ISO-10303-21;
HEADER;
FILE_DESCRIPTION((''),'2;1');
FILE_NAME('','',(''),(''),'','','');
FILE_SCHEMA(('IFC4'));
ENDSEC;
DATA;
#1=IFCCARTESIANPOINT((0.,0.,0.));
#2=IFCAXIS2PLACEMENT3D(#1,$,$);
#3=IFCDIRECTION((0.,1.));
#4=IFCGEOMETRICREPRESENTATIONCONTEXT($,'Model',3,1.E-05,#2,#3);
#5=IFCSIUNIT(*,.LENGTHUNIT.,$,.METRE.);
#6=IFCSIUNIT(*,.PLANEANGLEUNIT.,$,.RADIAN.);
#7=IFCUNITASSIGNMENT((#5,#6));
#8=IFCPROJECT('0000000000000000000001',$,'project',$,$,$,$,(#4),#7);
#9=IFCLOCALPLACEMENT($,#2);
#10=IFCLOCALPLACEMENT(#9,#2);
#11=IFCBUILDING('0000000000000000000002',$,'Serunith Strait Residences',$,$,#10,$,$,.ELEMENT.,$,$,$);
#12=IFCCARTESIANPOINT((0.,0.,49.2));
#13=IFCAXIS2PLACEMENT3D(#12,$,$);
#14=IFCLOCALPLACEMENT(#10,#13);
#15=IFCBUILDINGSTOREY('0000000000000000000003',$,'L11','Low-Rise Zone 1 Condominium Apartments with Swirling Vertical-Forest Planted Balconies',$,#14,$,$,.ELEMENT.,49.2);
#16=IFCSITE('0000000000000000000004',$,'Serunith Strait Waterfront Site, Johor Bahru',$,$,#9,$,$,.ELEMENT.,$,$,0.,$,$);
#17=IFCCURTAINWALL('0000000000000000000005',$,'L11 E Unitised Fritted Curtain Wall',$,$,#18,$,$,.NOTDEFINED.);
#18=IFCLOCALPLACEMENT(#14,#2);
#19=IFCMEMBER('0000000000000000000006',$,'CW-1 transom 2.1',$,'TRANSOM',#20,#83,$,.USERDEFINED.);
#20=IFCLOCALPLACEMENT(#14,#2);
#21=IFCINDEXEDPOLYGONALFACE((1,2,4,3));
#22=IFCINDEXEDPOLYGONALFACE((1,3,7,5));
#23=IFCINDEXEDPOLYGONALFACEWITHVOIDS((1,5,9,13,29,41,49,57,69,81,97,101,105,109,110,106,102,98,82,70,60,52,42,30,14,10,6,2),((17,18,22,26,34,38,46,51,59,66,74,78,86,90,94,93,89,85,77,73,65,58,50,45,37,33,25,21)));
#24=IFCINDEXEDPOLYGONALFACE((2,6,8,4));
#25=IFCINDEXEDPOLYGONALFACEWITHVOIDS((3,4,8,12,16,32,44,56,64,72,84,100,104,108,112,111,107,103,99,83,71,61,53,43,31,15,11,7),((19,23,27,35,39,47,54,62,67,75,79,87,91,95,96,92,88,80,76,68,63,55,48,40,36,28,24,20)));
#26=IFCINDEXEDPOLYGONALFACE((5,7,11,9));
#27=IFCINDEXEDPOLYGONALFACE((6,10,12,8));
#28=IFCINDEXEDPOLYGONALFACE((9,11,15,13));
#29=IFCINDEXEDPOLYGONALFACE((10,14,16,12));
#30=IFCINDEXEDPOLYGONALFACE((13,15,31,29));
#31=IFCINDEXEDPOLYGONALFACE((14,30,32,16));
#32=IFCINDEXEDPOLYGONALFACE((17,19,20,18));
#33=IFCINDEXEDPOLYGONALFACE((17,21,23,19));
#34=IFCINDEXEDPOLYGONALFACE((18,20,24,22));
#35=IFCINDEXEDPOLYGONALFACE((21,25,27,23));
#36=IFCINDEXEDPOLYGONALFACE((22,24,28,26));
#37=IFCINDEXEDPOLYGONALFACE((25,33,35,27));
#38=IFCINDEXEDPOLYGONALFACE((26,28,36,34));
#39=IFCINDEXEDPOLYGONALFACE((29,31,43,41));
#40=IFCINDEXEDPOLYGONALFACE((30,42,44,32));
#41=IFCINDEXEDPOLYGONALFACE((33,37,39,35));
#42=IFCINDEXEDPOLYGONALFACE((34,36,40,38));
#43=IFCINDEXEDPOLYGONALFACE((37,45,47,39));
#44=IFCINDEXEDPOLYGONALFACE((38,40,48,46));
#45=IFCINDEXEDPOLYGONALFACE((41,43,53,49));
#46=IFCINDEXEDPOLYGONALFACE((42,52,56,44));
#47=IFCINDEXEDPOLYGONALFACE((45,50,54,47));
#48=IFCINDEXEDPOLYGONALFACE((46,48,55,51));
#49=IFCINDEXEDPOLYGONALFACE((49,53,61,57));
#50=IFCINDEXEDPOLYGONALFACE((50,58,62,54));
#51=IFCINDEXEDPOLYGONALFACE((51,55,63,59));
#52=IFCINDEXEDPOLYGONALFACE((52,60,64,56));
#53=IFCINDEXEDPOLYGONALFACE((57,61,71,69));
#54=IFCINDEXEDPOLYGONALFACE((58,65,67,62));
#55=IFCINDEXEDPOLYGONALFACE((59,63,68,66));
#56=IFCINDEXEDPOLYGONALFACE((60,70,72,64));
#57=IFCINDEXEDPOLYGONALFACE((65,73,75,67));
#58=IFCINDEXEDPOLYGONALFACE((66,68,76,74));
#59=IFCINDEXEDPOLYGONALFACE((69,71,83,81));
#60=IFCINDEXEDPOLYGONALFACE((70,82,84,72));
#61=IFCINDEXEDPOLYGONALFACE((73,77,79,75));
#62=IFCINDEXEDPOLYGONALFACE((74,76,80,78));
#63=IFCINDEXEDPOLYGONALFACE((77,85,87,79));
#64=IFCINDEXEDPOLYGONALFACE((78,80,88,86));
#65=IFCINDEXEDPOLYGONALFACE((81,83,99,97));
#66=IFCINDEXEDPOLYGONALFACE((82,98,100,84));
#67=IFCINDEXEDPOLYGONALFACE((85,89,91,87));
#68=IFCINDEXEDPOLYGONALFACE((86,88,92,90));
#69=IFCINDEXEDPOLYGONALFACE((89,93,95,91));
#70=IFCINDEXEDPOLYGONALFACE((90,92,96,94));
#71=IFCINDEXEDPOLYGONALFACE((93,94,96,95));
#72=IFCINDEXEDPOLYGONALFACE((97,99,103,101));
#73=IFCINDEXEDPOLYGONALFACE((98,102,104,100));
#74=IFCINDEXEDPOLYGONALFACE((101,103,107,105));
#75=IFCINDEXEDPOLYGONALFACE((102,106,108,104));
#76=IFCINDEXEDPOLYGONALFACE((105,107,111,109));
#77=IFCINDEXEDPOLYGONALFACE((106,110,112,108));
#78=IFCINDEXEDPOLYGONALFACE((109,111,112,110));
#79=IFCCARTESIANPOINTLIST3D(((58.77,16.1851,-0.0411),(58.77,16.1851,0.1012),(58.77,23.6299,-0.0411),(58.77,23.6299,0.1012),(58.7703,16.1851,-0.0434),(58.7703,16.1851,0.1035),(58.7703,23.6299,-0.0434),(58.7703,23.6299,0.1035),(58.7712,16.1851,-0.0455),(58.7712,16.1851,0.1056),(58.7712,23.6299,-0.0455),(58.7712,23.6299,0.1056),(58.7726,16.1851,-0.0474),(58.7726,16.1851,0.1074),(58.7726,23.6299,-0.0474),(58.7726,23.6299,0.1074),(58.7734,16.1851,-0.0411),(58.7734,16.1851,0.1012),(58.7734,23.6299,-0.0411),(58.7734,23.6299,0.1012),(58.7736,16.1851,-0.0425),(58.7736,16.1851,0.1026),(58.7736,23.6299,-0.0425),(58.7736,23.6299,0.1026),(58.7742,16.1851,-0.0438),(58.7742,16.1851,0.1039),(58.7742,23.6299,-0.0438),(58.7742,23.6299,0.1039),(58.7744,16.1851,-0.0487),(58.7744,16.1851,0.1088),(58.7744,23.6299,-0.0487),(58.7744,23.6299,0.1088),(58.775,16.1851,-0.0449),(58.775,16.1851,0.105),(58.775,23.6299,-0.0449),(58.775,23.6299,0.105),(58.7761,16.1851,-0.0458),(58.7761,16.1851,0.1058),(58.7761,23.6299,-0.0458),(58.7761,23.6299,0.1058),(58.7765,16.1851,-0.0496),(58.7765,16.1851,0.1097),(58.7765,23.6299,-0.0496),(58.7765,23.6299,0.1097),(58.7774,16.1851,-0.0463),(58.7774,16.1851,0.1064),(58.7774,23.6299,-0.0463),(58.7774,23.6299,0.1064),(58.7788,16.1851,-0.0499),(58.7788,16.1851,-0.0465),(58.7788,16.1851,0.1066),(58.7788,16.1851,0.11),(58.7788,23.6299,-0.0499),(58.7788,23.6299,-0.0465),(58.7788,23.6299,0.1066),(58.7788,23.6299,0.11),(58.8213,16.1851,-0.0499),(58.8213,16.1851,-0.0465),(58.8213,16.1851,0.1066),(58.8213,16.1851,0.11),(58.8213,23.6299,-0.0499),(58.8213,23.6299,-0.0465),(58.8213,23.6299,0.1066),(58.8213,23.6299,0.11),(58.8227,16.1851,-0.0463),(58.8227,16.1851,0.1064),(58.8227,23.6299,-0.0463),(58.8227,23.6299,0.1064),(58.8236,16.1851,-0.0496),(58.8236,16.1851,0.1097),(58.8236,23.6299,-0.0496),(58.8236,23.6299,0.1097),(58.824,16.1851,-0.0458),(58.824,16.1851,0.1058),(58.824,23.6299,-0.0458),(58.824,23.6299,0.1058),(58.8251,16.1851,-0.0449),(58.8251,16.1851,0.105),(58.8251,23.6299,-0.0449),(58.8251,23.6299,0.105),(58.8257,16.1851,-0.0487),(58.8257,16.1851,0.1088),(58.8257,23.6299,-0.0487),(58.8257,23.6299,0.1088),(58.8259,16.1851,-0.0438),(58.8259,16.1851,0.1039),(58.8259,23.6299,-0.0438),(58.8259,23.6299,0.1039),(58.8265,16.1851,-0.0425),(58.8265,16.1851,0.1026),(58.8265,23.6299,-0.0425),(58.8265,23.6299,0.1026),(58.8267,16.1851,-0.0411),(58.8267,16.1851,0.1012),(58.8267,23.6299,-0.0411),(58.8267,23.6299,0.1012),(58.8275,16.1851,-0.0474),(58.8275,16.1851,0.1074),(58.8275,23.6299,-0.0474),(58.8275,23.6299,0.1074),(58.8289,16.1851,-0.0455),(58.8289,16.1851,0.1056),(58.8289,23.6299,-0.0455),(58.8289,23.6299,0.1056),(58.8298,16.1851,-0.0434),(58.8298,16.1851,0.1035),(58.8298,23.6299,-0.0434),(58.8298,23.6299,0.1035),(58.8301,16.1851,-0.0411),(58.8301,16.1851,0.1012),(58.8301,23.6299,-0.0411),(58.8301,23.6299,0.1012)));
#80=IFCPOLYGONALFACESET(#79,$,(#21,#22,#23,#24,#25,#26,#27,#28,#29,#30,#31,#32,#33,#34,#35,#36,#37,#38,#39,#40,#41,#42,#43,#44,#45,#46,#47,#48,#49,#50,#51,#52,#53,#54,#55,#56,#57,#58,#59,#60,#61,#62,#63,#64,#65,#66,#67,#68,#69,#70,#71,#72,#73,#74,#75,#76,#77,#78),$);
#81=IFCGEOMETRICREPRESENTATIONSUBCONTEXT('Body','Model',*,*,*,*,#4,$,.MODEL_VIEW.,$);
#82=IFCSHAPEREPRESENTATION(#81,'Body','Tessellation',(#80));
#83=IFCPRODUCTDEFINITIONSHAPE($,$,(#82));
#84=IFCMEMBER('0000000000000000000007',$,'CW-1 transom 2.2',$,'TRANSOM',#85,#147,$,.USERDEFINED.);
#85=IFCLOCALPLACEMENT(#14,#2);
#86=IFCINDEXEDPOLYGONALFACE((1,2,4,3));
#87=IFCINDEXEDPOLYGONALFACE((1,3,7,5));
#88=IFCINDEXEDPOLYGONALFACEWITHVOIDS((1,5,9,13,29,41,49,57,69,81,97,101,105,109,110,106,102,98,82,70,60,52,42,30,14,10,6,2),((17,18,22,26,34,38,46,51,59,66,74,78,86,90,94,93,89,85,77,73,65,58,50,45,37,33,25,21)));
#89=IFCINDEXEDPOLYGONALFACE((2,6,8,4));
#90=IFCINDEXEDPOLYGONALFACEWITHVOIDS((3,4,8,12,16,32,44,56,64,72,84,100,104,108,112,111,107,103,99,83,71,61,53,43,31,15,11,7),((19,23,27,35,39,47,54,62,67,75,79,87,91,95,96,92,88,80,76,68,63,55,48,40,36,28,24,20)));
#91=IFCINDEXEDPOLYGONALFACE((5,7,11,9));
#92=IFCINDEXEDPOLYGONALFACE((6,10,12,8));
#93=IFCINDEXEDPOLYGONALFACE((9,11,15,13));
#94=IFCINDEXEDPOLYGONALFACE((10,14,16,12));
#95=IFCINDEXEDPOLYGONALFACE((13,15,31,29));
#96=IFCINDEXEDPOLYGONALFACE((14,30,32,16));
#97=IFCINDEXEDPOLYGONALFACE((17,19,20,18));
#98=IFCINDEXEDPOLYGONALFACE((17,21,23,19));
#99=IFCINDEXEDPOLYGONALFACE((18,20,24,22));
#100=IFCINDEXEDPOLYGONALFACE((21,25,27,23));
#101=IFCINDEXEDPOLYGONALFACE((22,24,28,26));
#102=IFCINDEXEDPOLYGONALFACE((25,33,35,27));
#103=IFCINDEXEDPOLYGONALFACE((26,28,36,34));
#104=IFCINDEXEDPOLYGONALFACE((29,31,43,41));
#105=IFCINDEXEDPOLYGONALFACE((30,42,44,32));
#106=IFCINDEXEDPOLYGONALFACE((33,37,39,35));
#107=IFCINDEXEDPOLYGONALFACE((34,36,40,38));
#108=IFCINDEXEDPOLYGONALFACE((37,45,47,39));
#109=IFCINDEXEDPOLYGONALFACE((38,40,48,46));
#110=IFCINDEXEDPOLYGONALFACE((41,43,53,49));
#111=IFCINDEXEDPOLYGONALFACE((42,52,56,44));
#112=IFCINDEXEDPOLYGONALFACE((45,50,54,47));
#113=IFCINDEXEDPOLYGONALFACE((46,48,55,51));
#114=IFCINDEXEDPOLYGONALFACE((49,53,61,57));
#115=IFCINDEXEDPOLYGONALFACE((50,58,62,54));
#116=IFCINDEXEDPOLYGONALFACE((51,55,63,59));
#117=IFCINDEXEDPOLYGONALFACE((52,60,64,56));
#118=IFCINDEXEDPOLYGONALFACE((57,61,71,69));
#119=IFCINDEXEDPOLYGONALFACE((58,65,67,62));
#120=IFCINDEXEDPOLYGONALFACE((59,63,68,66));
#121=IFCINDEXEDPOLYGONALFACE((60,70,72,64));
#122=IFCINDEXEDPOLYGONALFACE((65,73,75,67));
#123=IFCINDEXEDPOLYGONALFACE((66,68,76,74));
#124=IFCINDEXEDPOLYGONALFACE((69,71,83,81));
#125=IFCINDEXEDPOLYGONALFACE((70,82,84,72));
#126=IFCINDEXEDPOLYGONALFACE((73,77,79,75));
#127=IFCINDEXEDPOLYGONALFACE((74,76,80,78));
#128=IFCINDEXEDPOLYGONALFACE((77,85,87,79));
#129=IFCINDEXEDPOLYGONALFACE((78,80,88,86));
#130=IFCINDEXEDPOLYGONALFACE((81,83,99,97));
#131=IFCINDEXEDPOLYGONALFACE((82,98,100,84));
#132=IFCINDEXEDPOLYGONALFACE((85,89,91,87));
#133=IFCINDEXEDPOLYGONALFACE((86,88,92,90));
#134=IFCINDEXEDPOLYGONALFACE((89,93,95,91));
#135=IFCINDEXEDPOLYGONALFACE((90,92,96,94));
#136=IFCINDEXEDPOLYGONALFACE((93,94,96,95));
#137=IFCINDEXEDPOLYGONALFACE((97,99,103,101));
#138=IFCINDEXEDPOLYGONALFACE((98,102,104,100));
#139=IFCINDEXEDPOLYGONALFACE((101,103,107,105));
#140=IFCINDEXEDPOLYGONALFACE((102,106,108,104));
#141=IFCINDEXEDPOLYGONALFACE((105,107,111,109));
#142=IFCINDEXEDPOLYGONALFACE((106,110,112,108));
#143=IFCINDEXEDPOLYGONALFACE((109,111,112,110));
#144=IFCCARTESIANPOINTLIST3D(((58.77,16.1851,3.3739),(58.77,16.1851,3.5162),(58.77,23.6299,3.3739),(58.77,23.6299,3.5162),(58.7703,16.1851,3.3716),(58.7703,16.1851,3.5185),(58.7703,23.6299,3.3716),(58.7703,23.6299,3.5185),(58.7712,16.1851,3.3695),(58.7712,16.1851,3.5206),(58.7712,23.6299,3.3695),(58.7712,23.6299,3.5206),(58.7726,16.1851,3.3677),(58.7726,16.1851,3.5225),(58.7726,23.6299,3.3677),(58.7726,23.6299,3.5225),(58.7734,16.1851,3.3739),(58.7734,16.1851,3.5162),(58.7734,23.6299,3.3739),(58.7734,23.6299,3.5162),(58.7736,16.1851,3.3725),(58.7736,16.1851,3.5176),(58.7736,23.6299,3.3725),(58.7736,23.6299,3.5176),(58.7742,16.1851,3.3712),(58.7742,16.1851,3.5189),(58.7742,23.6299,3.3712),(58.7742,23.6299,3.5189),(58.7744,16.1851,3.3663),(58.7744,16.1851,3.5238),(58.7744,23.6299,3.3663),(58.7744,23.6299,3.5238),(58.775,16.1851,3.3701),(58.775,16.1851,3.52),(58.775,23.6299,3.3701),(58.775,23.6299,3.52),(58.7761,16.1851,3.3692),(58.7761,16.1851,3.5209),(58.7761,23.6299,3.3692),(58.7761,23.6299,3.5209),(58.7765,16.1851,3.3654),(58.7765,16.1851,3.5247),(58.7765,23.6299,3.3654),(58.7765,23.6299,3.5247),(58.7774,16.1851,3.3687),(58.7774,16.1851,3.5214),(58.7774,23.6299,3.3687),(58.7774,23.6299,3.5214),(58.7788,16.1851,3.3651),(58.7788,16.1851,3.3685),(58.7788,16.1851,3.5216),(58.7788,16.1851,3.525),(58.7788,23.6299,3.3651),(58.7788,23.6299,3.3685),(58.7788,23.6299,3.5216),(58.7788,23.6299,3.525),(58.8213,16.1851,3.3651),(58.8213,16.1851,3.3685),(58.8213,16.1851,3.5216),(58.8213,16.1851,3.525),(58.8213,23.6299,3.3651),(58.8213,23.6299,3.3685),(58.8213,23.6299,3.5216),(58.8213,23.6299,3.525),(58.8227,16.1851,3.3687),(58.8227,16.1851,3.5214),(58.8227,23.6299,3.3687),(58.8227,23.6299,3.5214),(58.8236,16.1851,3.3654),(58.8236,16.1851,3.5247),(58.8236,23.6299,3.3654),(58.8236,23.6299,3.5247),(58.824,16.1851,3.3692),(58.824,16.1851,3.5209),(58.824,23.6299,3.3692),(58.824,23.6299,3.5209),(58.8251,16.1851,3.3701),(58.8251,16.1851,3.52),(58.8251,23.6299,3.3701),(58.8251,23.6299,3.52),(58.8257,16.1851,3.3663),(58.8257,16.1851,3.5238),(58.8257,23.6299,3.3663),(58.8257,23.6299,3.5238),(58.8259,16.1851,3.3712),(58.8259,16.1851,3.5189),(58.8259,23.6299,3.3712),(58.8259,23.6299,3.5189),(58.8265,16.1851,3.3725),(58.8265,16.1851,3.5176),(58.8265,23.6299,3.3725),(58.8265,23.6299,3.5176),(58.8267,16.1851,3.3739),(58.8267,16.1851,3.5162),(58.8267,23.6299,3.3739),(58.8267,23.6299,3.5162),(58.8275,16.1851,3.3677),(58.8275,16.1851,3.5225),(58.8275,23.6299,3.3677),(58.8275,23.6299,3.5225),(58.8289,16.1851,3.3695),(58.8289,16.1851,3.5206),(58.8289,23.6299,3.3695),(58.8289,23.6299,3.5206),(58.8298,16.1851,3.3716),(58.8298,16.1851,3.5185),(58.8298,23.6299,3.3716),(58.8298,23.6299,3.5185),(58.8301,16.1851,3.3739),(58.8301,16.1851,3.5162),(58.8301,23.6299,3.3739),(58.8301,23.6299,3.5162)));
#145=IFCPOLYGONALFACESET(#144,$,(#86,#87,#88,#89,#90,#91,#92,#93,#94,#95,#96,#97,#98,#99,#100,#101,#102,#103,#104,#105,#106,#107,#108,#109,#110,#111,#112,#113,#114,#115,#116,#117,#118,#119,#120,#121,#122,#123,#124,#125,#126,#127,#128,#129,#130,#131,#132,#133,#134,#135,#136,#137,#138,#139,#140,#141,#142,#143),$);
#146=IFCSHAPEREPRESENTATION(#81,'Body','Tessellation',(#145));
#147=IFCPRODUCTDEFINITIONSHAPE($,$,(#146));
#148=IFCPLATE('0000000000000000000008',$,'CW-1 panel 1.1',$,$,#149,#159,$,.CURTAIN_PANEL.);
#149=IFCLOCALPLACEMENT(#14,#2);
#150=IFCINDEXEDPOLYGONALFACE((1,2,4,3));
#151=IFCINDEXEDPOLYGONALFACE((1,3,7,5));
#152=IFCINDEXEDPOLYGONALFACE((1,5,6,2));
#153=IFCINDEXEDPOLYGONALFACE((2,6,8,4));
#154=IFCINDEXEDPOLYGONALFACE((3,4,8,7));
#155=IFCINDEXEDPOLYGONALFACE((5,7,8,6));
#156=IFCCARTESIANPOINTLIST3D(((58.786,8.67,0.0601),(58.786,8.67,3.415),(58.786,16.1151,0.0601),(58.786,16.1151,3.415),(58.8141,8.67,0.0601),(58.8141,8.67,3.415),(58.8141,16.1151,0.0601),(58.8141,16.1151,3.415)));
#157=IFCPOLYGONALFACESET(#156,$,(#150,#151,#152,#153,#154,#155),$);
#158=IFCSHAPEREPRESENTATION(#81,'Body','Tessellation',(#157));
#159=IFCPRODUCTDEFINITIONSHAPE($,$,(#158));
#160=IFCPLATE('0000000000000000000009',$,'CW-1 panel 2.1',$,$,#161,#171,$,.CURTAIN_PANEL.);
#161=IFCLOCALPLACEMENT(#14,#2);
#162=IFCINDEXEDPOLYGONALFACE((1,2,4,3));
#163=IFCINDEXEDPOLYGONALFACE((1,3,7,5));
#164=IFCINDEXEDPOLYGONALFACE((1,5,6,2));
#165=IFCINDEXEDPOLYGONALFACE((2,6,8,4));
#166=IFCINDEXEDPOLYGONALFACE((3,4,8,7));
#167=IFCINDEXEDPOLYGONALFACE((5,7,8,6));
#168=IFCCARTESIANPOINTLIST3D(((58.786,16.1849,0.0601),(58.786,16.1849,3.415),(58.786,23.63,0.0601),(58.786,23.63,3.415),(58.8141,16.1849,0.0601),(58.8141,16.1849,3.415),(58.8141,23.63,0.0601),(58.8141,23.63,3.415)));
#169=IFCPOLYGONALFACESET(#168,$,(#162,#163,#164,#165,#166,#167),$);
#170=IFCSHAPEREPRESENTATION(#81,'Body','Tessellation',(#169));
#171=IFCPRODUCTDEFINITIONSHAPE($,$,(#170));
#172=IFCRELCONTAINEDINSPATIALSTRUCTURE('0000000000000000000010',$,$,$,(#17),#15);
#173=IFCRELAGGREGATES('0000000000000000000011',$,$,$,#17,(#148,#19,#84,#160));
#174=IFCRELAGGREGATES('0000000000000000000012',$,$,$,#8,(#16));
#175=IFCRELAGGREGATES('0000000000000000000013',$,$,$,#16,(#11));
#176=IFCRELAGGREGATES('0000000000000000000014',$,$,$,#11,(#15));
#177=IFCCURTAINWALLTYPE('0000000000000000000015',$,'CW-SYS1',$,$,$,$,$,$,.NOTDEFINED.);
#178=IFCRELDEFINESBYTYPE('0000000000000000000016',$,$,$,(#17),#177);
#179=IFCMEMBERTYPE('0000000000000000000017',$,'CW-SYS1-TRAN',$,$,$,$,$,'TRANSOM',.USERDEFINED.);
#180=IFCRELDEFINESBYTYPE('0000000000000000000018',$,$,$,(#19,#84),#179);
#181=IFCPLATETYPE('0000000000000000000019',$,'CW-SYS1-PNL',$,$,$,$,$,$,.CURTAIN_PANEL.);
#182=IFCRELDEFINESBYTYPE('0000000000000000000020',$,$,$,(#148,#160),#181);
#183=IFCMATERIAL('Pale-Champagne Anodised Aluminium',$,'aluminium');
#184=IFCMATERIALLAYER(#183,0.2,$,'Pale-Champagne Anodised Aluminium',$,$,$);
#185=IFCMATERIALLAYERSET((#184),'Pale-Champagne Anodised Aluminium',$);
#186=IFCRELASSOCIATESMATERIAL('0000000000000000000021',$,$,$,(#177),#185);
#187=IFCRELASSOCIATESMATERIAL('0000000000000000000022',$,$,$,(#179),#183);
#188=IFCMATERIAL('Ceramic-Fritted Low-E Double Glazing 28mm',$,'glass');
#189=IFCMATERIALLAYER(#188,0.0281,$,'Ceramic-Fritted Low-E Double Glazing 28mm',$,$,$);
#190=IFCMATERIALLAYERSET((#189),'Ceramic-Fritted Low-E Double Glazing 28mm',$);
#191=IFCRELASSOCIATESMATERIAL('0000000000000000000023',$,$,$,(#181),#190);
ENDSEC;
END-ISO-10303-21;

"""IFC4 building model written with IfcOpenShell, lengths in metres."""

from ifc_helpers import new_model, si_unit, direction, frame, origin, origin_2d, place, context, subcontext, project, spatial, rectangle, hollow_rectangle, extrude, source, transform, mapped, material, layer, layer_set, material_profile, profile_set, type_object, element, aggregate, save


model = new_model("IFC4")

# Units and contexts
model_context = context("Model", 3, precision=1e-05, world=origin(), true_north=direction((0.0, 1.0)))
body_context = subcontext(model_context, "Body", "Model", "MODEL_VIEW")
ifc_project = project(units=[si_unit("LENGTHUNIT", "METRE"), si_unit("PLANEANGLEUNIT", "RADIAN")], contexts=[model_context])

# Site, building, storey
site_placement = place(None, origin())
site = spatial("IfcSite", under=ifc_project, at=site_placement, Name="Serunith Strait Waterfront Site, Johor Bahru", CompositionType="ELEMENT", RefElevation=0.0)
building_placement = place(site_placement, origin())
building = spatial("IfcBuilding", under=site, at=building_placement, Name="Serunith Strait Residences", CompositionType="ELEMENT")
storey_placement = place(building_placement, frame((0.0, 0.0, 49.2)))
storey = spatial("IfcBuildingStorey", under=building, at=storey_placement, Name="L11", Description="Low-Rise Zone 1 Condominium Apartments with Swirling Vertical-Forest Planted Balconies", CompositionType="ELEMENT", Elevation=49.2)

# Curtain wall, members, plates
ifc_material_1 = material(Name="Pale-Champagne Anodised Aluminium", Category="aluminium")
ifc_layer_1 = layer(ifc_material_1, 0.2, Name="Pale-Champagne Anodised Aluminium")
ifc_layer_set_1 = layer_set([ifc_layer_1], Name="Pale-Champagne Anodised Aluminium")
curtain_wall_type = type_object("IfcCurtainWallType", Name="CW-SYS1", PredefinedType="NOTDEFINED", material=ifc_layer_set_1)
curtain_wall_placement = place(storey_placement, origin())
curtain_wall = element("IfcCurtainWall", 1, at=curtain_wall_placement, inside=storey, type_object=curtain_wall_type, Name="L11 E Unitised Fritted Curtain Wall", PredefinedType="NOTDEFINED")
ifc_material_profile_1 = material_profile(ifc_material_1, hollow_rectangle(XDim=0.0601, YDim=0.1599, WallThickness=0.0034, InnerFilletRadius=0.0054, OuterFilletRadius=0.0088, at=origin_2d()), Name="ALU 160x60x3.5")
ifc_profile_set_1 = profile_set([ifc_material_profile_1], Name="Pale-Champagne Anodised Aluminium")
member_type_1 = type_object("IfcMemberType", Name="CW-SYS1-TRAN", ElementType="TRANSOM", PredefinedType="USERDEFINED", material=ifc_profile_set_1)
shared_shape_1 = source(origin(), body_context, "Body", "SweptSolid", [
    extrude(hollow_rectangle(XDim=0.0601, YDim=0.1599, WallThickness=0.0034, InnerFilletRadius=0.0054, OuterFilletRadius=0.0088, at=origin_2d()), origin(), (0.0, 0.0, 1.0), 7.4448),
])
member_1_placement = place(storey_placement, frame((58.8, 16.1851, 0.03), z_axis=(0.0, 1.0, 0.0), x_axis=(-1.0, 0.0, 0.0)))
member_1 = element("IfcMember", 2, at=member_1_placement, type_object=member_type_1, Name="CW-1 transom 2.1", ObjectType="TRANSOM", PredefinedType="USERDEFINED", context=body_context, shape_type="MappedRepresentation", body=[
    mapped(shared_shape_1, transform((0.0, 0.0, 0.0), scale=1.0)),
])
member_2_placement = place(storey_placement, frame((58.8, 16.1851, 3.4451), z_axis=(0.0, 1.0, 0.0), x_axis=(-1.0, 0.0, 0.0)))
member_2 = element("IfcMember", 3, at=member_2_placement, type_object=member_type_1, Name="CW-1 transom 2.2", ObjectType="TRANSOM", PredefinedType="USERDEFINED", context=body_context, shape_type="MappedRepresentation", body=[
    mapped(shared_shape_1, transform((0.0, 0.0, 0.0), scale=1.0)),
])
ifc_material_2 = material(Name="Ceramic-Fritted Low-E Double Glazing 28mm", Category="glass")
ifc_layer_2 = layer(ifc_material_2, 0.0281, Name="Ceramic-Fritted Low-E Double Glazing 28mm")
ifc_layer_set_2 = layer_set([ifc_layer_2], Name="Ceramic-Fritted Low-E Double Glazing 28mm")
plate_type = type_object("IfcPlateType", Name="CW-SYS1-PNL", PredefinedType="CURTAIN_PANEL", material=ifc_layer_set_2)
shared_shape_2 = source(origin(), body_context, "Body", "SweptSolid", [
    extrude(rectangle(XDim=7.4451, YDim=0.0281, at=origin_2d()), origin(), (0.0, 0.0, 1.0), 3.355),
])
plate_1_placement = place(storey_placement, frame((58.8, 12.3926, 0.0601), z_axis=(0.0, 0.0, 1.0), x_axis=(0.0, 1.0, 0.0)))
plate_1 = element("IfcPlate", 4, at=plate_1_placement, type_object=plate_type, Name="CW-1 panel 1.1", PredefinedType="CURTAIN_PANEL", context=body_context, shape_type="MappedRepresentation", body=[
    mapped(shared_shape_2, transform((0.0, 0.0, 0.0), scale=1.0)),
])
plate_2_placement = place(storey_placement, frame((58.8, 19.9075, 0.0601), z_axis=(0.0, 0.0, 1.0), x_axis=(0.0, 1.0, 0.0)))
plate_2 = element("IfcPlate", 5, at=plate_2_placement, type_object=plate_type, Name="CW-1 panel 2.1", PredefinedType="CURTAIN_PANEL", context=body_context, shape_type="MappedRepresentation", body=[
    mapped(shared_shape_2, transform((0.0, 0.0, 0.0), scale=1.0)),
])
aggregate(curtain_wall, [plate_1, member_1, member_2, plate_2])

save(model, "model.ifc")
